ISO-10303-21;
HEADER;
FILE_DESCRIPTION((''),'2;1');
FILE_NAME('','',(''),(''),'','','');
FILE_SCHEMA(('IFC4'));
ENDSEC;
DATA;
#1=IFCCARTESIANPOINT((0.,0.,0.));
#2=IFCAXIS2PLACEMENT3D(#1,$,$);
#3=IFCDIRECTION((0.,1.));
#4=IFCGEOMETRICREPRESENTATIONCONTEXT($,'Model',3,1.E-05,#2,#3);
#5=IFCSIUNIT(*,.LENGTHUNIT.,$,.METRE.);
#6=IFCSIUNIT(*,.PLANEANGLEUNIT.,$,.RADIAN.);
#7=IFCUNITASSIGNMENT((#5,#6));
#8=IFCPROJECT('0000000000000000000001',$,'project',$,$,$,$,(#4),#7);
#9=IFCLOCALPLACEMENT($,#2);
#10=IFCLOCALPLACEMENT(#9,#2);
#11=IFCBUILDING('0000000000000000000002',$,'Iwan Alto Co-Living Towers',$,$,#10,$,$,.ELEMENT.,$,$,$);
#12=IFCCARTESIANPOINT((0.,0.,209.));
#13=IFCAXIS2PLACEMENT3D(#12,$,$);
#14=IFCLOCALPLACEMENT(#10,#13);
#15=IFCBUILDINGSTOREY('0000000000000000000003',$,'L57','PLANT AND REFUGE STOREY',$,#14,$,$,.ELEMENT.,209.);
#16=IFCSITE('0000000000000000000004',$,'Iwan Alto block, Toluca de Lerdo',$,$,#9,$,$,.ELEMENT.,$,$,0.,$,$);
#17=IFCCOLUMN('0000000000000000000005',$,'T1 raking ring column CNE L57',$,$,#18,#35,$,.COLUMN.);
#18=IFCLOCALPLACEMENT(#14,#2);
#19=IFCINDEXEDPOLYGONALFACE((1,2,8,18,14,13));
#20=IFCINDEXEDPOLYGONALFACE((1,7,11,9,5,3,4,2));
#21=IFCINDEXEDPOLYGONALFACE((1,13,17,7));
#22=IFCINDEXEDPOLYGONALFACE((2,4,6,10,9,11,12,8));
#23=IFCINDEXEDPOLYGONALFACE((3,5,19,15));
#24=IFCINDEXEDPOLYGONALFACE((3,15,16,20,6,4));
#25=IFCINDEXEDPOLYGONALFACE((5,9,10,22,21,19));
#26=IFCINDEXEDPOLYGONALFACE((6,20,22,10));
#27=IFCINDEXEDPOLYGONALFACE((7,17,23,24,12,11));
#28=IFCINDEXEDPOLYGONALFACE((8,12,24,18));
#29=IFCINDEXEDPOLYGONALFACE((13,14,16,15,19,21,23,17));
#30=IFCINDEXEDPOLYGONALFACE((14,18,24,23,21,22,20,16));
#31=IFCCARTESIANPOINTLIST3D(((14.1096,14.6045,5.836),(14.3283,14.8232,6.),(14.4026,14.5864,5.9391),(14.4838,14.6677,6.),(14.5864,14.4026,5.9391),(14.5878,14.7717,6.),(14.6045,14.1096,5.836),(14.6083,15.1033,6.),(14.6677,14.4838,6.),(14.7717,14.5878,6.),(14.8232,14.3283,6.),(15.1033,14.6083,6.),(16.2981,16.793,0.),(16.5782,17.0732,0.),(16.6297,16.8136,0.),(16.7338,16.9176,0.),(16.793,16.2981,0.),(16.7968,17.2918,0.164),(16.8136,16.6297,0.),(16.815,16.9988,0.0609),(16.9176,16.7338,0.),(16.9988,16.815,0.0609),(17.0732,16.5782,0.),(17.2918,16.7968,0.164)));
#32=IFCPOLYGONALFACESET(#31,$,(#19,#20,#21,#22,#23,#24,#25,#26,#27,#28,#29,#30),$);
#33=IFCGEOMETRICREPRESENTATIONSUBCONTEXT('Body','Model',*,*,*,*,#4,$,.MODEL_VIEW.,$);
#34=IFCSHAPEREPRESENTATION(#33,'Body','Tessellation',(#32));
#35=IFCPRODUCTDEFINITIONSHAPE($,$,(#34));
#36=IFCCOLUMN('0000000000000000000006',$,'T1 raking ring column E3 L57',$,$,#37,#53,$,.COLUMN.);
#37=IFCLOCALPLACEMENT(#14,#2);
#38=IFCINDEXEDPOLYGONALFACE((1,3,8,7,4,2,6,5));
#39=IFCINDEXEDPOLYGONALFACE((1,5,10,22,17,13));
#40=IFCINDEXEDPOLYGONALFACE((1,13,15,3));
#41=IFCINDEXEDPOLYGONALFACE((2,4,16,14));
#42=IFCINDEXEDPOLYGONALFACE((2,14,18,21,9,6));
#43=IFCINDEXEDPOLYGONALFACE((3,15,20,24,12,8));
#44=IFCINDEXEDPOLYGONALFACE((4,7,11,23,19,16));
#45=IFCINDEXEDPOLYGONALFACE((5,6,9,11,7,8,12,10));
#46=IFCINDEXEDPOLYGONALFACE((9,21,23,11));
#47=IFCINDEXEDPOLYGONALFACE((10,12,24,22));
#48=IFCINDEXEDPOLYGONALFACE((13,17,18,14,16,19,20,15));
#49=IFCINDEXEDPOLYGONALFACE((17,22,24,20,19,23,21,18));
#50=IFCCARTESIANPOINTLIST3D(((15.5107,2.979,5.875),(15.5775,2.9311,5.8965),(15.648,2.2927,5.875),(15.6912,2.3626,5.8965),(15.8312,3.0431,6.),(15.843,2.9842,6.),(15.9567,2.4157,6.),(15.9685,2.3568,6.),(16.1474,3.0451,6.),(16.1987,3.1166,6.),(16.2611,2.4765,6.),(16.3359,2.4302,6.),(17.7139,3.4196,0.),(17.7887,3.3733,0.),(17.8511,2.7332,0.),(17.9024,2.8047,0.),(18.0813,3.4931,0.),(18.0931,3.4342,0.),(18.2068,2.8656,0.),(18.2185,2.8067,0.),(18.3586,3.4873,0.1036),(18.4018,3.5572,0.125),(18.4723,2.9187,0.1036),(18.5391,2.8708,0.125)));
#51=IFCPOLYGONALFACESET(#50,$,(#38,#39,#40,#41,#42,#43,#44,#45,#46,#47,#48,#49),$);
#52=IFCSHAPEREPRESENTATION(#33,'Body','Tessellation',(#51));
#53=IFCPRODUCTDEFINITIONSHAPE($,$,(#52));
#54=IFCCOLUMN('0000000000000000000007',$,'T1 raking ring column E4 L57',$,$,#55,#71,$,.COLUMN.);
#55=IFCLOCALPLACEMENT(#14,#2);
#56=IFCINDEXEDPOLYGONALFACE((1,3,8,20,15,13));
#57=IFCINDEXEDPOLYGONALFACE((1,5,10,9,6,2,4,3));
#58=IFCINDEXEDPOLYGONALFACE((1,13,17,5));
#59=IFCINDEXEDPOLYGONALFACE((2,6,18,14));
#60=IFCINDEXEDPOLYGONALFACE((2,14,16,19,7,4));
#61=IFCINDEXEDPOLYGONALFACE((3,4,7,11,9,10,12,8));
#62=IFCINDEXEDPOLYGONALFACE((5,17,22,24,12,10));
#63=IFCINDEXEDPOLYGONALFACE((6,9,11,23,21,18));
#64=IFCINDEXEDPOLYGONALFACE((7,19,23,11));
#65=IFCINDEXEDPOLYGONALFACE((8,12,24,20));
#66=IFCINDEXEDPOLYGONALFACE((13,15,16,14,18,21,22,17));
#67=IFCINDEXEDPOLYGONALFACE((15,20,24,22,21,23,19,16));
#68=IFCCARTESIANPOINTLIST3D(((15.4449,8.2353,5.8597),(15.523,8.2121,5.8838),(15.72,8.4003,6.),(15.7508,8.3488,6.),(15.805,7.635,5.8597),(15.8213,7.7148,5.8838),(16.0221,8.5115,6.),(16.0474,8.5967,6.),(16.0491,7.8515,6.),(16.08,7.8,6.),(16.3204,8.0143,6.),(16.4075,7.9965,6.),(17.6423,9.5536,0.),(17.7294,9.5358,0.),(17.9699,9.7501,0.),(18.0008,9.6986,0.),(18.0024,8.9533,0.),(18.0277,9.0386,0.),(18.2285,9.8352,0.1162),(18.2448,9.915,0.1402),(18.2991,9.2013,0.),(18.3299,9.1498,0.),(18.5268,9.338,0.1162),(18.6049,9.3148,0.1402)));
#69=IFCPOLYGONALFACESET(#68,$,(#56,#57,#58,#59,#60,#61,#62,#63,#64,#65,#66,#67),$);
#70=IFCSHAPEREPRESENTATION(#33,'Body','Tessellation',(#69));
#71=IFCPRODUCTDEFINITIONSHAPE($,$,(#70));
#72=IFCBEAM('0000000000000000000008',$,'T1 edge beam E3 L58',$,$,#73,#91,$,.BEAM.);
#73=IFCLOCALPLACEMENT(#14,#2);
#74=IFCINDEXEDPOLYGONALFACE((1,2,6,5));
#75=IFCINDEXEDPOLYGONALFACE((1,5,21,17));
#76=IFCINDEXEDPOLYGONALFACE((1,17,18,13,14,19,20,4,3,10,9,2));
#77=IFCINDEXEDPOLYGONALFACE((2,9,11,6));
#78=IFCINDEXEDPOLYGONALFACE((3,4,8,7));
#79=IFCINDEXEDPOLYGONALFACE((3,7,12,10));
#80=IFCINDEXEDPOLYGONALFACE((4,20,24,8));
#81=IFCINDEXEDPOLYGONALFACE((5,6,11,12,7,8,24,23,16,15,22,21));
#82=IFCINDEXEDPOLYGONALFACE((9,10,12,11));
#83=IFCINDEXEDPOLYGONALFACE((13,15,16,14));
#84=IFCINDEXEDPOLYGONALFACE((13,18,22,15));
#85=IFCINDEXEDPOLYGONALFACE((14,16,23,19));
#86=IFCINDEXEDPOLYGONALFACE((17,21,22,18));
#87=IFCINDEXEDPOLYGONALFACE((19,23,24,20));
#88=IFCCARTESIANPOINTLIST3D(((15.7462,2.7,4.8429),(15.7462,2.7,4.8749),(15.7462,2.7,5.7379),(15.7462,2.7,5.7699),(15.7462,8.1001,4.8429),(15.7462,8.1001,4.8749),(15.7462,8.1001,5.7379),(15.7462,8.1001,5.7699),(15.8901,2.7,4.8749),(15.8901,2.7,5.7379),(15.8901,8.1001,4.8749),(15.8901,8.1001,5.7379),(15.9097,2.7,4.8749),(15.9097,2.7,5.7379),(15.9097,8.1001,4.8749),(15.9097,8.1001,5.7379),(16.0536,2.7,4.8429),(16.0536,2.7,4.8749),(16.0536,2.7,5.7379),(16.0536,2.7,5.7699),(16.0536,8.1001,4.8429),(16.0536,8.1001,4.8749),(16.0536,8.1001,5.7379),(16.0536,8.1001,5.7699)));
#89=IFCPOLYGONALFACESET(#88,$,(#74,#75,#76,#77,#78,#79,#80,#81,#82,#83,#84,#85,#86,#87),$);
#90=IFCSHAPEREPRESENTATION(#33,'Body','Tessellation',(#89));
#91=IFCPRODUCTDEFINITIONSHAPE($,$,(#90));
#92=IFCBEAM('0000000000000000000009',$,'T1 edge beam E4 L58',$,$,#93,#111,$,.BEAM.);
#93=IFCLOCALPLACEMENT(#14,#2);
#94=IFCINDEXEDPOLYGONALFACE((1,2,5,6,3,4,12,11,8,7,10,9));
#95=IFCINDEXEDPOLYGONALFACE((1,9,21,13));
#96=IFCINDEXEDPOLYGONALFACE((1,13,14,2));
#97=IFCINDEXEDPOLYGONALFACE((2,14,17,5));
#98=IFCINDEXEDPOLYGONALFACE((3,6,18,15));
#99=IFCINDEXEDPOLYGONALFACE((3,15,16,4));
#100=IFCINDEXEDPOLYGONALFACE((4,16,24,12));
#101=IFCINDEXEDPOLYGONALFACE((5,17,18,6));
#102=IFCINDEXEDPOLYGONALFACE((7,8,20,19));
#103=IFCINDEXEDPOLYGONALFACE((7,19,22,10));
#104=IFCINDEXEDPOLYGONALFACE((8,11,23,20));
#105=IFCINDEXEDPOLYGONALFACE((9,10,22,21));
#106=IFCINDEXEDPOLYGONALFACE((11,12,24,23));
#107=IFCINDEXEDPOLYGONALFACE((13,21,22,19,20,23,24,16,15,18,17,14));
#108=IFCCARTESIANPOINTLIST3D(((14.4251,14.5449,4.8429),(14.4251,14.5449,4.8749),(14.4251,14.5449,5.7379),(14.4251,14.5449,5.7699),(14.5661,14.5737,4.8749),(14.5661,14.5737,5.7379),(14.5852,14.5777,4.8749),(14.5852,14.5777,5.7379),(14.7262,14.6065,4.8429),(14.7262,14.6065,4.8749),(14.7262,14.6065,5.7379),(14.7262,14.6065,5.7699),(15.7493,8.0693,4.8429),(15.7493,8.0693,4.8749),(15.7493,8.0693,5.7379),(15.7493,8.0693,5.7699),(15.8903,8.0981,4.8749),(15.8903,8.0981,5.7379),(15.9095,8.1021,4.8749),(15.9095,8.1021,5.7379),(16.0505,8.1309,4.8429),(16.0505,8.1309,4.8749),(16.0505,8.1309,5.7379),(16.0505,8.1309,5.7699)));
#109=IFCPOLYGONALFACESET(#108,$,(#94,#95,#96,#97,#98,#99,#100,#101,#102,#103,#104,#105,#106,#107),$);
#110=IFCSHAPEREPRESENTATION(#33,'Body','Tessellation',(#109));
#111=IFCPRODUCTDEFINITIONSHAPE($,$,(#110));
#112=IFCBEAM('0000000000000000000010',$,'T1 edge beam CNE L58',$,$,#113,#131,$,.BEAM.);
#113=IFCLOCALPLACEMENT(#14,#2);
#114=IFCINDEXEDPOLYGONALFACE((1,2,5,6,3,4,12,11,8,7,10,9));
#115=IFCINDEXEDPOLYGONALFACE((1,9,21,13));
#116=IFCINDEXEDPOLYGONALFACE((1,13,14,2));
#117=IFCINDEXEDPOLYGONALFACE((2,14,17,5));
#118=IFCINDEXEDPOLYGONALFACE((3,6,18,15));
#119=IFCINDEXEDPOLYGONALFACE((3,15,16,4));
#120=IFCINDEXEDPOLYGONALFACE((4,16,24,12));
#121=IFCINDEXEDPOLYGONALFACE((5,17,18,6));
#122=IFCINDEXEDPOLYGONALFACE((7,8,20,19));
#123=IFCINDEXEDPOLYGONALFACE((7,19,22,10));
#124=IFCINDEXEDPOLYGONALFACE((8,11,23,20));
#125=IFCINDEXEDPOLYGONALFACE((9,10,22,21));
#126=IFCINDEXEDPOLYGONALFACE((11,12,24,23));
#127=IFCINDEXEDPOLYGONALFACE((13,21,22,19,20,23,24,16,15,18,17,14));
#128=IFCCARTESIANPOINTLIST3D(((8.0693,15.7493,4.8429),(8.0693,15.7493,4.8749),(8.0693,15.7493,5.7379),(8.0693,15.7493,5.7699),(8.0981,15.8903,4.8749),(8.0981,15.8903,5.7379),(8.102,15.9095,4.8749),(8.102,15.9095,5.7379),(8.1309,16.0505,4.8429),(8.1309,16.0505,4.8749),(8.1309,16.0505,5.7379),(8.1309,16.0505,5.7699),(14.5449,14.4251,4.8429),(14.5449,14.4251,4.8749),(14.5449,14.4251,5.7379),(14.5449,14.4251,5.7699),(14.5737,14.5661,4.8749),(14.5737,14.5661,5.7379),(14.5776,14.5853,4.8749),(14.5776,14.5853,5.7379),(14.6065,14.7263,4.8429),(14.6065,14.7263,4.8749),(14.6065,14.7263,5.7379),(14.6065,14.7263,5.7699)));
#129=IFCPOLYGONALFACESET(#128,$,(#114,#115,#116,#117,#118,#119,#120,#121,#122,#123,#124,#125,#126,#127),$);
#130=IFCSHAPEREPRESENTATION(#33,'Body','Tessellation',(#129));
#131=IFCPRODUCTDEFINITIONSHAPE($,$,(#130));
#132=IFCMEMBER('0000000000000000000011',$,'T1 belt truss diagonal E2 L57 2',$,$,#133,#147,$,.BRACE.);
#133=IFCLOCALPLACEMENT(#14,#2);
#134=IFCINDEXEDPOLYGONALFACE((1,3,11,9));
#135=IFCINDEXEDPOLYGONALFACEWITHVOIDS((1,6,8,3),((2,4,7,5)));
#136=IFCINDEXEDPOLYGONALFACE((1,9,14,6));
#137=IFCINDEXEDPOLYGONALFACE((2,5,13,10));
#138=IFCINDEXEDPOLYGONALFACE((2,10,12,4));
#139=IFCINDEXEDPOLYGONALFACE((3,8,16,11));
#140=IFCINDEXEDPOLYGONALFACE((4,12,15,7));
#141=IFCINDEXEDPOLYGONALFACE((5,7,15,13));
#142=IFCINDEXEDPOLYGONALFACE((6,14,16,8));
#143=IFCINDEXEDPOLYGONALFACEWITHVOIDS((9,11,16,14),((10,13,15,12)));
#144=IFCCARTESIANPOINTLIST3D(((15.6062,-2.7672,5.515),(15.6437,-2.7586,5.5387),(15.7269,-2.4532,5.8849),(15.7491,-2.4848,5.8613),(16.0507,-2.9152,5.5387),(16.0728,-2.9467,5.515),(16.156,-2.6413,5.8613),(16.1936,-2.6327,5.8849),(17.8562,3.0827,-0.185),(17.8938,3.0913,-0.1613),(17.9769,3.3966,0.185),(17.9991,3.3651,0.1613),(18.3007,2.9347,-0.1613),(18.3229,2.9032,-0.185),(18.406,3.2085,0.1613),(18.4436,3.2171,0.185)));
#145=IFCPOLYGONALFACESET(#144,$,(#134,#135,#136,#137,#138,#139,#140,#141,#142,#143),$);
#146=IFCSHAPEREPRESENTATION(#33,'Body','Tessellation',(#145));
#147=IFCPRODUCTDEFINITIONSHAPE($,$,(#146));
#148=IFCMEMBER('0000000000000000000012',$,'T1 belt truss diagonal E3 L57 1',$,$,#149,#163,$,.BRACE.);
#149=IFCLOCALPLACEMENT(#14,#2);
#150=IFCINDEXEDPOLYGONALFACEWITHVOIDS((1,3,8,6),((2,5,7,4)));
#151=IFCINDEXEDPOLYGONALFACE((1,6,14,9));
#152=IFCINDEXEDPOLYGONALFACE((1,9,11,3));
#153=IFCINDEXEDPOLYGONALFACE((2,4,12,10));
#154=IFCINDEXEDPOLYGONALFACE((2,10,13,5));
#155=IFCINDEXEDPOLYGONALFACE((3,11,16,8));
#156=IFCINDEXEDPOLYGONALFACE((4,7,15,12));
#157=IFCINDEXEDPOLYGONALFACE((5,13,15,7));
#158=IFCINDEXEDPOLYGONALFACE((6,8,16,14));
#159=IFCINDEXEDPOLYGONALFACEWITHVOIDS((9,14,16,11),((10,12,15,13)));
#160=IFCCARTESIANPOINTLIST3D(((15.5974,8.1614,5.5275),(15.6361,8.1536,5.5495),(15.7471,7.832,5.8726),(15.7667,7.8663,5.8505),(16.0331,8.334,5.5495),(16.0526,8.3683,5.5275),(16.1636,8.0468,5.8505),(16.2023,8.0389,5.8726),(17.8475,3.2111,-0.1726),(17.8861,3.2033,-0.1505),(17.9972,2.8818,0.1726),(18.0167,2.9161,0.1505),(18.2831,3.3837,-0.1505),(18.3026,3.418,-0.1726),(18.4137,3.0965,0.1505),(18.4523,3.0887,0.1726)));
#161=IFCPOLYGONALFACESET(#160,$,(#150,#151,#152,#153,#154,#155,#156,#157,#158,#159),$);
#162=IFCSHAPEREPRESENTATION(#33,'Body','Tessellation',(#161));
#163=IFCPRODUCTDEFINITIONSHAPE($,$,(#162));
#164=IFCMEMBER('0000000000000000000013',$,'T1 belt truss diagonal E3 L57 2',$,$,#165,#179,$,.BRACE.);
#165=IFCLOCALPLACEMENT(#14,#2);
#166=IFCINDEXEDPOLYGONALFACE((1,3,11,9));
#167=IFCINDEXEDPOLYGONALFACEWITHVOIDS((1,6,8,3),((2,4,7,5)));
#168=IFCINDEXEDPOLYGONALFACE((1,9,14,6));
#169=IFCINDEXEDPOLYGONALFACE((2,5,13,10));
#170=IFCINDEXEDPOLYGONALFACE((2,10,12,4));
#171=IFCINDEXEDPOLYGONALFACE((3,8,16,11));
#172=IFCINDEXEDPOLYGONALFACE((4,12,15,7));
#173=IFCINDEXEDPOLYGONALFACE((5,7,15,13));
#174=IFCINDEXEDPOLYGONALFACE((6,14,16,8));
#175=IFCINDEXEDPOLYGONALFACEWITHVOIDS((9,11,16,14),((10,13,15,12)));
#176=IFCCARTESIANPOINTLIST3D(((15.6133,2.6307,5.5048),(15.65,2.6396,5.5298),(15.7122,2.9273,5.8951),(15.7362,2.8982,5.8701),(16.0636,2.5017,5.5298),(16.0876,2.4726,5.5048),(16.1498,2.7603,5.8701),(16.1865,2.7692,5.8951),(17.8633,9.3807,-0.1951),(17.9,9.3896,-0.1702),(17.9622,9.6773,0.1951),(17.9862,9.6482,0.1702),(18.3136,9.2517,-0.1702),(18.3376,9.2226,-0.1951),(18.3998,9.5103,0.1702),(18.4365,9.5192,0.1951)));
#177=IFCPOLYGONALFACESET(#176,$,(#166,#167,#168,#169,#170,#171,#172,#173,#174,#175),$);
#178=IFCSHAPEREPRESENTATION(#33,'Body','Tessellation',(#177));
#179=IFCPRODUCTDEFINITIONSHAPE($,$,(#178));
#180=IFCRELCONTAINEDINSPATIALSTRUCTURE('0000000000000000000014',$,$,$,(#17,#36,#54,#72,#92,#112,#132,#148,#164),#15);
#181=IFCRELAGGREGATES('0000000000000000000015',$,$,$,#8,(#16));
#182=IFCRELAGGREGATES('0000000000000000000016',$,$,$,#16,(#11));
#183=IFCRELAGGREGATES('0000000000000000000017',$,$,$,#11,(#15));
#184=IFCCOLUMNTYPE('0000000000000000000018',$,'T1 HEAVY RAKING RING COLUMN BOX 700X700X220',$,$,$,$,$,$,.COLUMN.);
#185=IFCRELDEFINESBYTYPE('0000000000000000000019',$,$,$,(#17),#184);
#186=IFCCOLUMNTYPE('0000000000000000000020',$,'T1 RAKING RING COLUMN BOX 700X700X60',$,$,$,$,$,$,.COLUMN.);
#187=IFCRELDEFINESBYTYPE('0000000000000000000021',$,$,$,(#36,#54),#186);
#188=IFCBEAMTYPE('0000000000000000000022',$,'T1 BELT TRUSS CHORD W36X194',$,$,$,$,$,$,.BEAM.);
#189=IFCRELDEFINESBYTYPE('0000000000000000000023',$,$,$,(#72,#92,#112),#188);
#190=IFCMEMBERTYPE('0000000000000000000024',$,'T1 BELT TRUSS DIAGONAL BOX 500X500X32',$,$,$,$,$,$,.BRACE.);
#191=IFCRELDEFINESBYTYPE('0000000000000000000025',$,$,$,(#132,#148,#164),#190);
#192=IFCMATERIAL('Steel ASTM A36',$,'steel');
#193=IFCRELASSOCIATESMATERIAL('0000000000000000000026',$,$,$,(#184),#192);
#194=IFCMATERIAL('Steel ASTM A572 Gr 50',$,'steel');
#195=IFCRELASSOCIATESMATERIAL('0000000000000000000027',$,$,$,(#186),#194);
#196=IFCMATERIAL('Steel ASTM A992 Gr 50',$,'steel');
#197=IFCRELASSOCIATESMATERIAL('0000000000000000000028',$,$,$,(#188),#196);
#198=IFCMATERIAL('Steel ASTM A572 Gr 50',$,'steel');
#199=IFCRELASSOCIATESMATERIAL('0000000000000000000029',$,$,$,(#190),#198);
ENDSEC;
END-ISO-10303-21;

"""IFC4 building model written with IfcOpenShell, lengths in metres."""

from ifc_helpers import new_model, si_unit, direction, frame, origin, origin_2d, place, context, subcontext, project, spatial, hollow_rectangle, i_section, extrude, clip, halfspace, material, material_profile, profile_set, type_object, element, save


model = new_model("IFC4")

# Units and contexts
model_context = context("Model", 3, precision=1e-05, world=origin(), true_north=direction((0.0, 1.0)))
body_context = subcontext(model_context, "Body", "Model", "MODEL_VIEW")
ifc_project = project(units=[si_unit("LENGTHUNIT", "METRE"), si_unit("PLANEANGLEUNIT", "RADIAN")], contexts=[model_context])

# Site, building, storey
site_placement = place(None, origin())
site = spatial("IfcSite", under=ifc_project, at=site_placement, Name="Iwan Alto block, Toluca de Lerdo", CompositionType="ELEMENT", RefElevation=0.0)
building_placement = place(site_placement, origin())
building = spatial("IfcBuilding", under=site, at=building_placement, Name="Iwan Alto Co-Living Towers", CompositionType="ELEMENT")
storey_placement = place(building_placement, frame((0.0, 0.0, 209.0)))
storey = spatial("IfcBuildingStorey", under=building, at=storey_placement, Name="L57", Description="PLANT AND REFUGE STOREY", CompositionType="ELEMENT", Elevation=209.0)

# Columns
ifc_material_1 = material(Name="Steel ASTM A36", Category="steel")
ifc_material_profile_1 = material_profile(ifc_material_1, hollow_rectangle(XDim=0.7, YDim=0.7, WallThickness=0.22, at=origin_2d()), Name="BOX 700X700X220")
ifc_profile_set_1 = profile_set([ifc_material_profile_1], Name="Steel ASTM A36")
column_type_1 = type_object("IfcColumnType", Name="T1 HEAVY RAKING RING COLUMN BOX 700X700X220", PredefinedType="COLUMN", material=ifc_profile_set_1)
column_1_placement = place(storey_placement, frame((16.8257, 16.8257, 0.0), z_axis=(-0.331295, -0.331295, 0.883452), x_axis=(0.707107, -0.707107, 0.0)))
element("IfcColumn", 1, at=column_1_placement, inside=storey, type_object=column_type_1, Name="T1 raking ring column CNE L57", PredefinedType="COLUMN", context=body_context, shape_type="Clipping", body=[
    clip(clip(extrude(hollow_rectangle(XDim=0.7, YDim=0.7, WallThickness=0.22, at=origin_2d()), origin(), (0.0, 0.0, 1.0), 6.7915), halfspace(frame((0.0, 0.0, 0.0), z_axis=(0.0, -0.468521, -0.883452), x_axis=(0.707107, 0.624695, -0.331295)), False)), halfspace(frame((0.0, 2.811, 5.3008), z_axis=(0.0, 0.468521, 0.883452), x_axis=(0.707107, 0.624695, -0.331295)), False)),
])
ifc_material_2 = material(Name="Steel ASTM A572 Gr 50", Category="steel")
ifc_material_profile_2 = material_profile(ifc_material_2, hollow_rectangle(XDim=0.7, YDim=0.7, WallThickness=0.0601, at=origin_2d()), Name="BOX 700X700X60")
ifc_profile_set_2 = profile_set([ifc_material_profile_2], Name="Steel ASTM A572 Gr 50")
column_type_2 = type_object("IfcColumnType", Name="T1 RAKING RING COLUMN BOX 700X700X60", PredefinedType="COLUMN", material=ifc_profile_set_2)
column_2_placement = place(storey_placement, frame((18.1499, 3.1499, 0.0), z_axis=(-0.350261, -0.070045, 0.934029), x_axis=(0.196096, -0.980585, 0.0)))
element("IfcColumn", 2, at=column_2_placement, inside=storey, type_object=column_type_2, Name="T1 raking ring column E3 L57", PredefinedType="COLUMN", context=body_context, shape_type="Clipping", body=[
    clip(clip(extrude(hollow_rectangle(XDim=0.7, YDim=0.7, WallThickness=0.0601, at=origin_2d()), origin(), (0.0, 0.0, 1.0), 6.4238), halfspace(frame((0.0, 0.0, 0.0), z_axis=(0.0, -0.357196, -0.934029), x_axis=(0.196096, 0.915895, -0.350261)), False)), halfspace(frame((0.0, 2.1431, 5.6042), z_axis=(0.0, 0.357196, 0.934029), x_axis=(0.196096, 0.915895, -0.350261)), False)),
])
column_3_placement = place(storey_placement, frame((18.1499, 9.45, 0.0), z_axis=(-0.343583, -0.206128, 0.916222), x_axis=(0.514455, -0.857518, 0.0)))
element("IfcColumn", 3, at=column_3_placement, inside=storey, type_object=column_type_2, Name="T1 raking ring column E4 L57", PredefinedType="COLUMN", context=body_context, shape_type="Clipping", body=[
    clip(clip(extrude(hollow_rectangle(XDim=0.7, YDim=0.7, WallThickness=0.0601, at=origin_2d()), origin(), (0.0, 0.0, 1.0), 6.5486), halfspace(frame((0.0, 0.0, 0.0), z_axis=(0.0, -0.400672, -0.916222), x_axis=(0.514455, 0.785676, -0.343583)), False)), halfspace(frame((0.0, 2.4041, 5.4973), z_axis=(0.0, 0.400672, 0.916222), x_axis=(0.514455, 0.785676, -0.343583)), False)),
])

# Beams
ifc_material_3 = material(Name="Steel ASTM A992 Gr 50", Category="steel")
ifc_material_profile_3 = material_profile(ifc_material_3, i_section(OverallWidth=0.3074, OverallDepth=0.927, WebThickness=0.0195, FlangeThickness=0.032, at=origin_2d()), Name="W36X194")
ifc_profile_set_3 = profile_set([ifc_material_profile_3], Name="Steel ASTM A992 Gr 50")
beam_type_1 = type_object("IfcBeamType", Name="T1 BELT TRUSS CHORD W36X194", PredefinedType="BEAM", material=ifc_profile_set_3)
beam_1_placement = place(storey_placement, frame((15.8999, 2.7, 5.3064), z_axis=(0.0, 1.0, 0.0), x_axis=(-1.0, 0.0, 0.0)))
element("IfcBeam", 4, at=beam_1_placement, inside=storey, type_object=beam_type_1, Name="T1 edge beam E3 L58", PredefinedType="BEAM", context=body_context, shape_type="SweptSolid", body=[
    extrude(i_section(OverallWidth=0.3074, OverallDepth=0.927, WebThickness=0.0195, FlangeThickness=0.032, at=origin_2d()), origin(), (0.0, 0.0, 1.0), 5.4001),
])
for number, where, z_axis, x_axis, name in (
    (5, (15.8999, 8.1001, 5.3064), (-0.200348, 0.979725, 0.0), (-0.979725, -0.200348, 0.0), "T1 edge beam E4 L58"),
    (6, (14.5757, 14.5757, 5.3064), (-0.979725, 0.200348, 0.0), (-0.200348, -0.979725, 0.0), "T1 edge beam CNE L58"),
):
    element("IfcBeam", number, at=place(storey_placement, frame(where, z_axis=z_axis, x_axis=x_axis)), inside=storey, type_object=beam_type_1, Name=name, PredefinedType="BEAM", context=body_context, shape_type="SweptSolid", body=[
        extrude(i_section(OverallWidth=0.3074, OverallDepth=0.927, WebThickness=0.0195, FlangeThickness=0.032, at=origin_2d()), origin(), (0.0, 0.0, 1.0), 6.6096),
    ])

# Members
ifc_material_4 = material(Name="Steel ASTM A572 Gr 50", Category="steel")
ifc_material_profile_4 = material_profile(ifc_material_4, hollow_rectangle(XDim=0.5, YDim=0.5, WallThickness=0.032, at=origin_2d()), Name="BOX 500X500X32")
ifc_profile_set_4 = profile_set([ifc_material_profile_4], Name="Steel ASTM A572 Gr 50")
member_type_1 = type_object("IfcMemberType", Name="T1 BELT TRUSS DIAGONAL BOX 500X500X32", PredefinedType="BRACE", material=ifc_profile_set_4)
member_1_placement = place(storey_placement, frame((18.1499, 3.1499, 0.0), z_axis=(-0.265585, -0.690503, 0.672808), x_axis=(0.933343, -0.358987, 0.0)))
element("IfcMember", 7, at=member_1_placement, inside=storey, type_object=member_type_1, Name="T1 belt truss diagonal E2 L57 2", PredefinedType="BRACE", context=body_context, shape_type="SweptSolid", body=[
    extrude(hollow_rectangle(XDim=0.5, YDim=0.5, WallThickness=0.032, at=origin_2d()), origin(), (0.0, 0.0, 1.0), 8.4719),
])
member_2_placement = place(storey_placement, frame((18.1499, 3.1499, 0.0), z_axis=(-0.28562, 0.62839, 0.723566), x_axis=(-0.910373, -0.413789, 0.0)))
element("IfcMember", 8, at=member_2_placement, inside=storey, type_object=member_type_1, Name="T1 belt truss diagonal E3 L57 1", PredefinedType="BRACE", context=body_context, shape_type="SweptSolid", body=[
    extrude(hollow_rectangle(XDim=0.5, YDim=0.5, WallThickness=0.032, at=origin_2d()), origin(), (0.0, 0.0, 1.0), 7.8777),
])
member_3_placement = place(storey_placement, frame((18.1499, 9.45, 0.0), z_axis=(-0.246799, -0.740398, 0.62522), x_axis=(0.948683, -0.316228, 0.0)))
element("IfcMember", 9, at=member_3_placement, inside=storey, type_object=member_type_1, Name="T1 belt truss diagonal E3 L57 2", PredefinedType="BRACE", context=body_context, shape_type="SweptSolid", body=[
    extrude(hollow_rectangle(XDim=0.5, YDim=0.5, WallThickness=0.032, at=origin_2d()), origin(), (0.0, 0.0, 1.0), 9.1167),
])

save(model, "model.ifc")
